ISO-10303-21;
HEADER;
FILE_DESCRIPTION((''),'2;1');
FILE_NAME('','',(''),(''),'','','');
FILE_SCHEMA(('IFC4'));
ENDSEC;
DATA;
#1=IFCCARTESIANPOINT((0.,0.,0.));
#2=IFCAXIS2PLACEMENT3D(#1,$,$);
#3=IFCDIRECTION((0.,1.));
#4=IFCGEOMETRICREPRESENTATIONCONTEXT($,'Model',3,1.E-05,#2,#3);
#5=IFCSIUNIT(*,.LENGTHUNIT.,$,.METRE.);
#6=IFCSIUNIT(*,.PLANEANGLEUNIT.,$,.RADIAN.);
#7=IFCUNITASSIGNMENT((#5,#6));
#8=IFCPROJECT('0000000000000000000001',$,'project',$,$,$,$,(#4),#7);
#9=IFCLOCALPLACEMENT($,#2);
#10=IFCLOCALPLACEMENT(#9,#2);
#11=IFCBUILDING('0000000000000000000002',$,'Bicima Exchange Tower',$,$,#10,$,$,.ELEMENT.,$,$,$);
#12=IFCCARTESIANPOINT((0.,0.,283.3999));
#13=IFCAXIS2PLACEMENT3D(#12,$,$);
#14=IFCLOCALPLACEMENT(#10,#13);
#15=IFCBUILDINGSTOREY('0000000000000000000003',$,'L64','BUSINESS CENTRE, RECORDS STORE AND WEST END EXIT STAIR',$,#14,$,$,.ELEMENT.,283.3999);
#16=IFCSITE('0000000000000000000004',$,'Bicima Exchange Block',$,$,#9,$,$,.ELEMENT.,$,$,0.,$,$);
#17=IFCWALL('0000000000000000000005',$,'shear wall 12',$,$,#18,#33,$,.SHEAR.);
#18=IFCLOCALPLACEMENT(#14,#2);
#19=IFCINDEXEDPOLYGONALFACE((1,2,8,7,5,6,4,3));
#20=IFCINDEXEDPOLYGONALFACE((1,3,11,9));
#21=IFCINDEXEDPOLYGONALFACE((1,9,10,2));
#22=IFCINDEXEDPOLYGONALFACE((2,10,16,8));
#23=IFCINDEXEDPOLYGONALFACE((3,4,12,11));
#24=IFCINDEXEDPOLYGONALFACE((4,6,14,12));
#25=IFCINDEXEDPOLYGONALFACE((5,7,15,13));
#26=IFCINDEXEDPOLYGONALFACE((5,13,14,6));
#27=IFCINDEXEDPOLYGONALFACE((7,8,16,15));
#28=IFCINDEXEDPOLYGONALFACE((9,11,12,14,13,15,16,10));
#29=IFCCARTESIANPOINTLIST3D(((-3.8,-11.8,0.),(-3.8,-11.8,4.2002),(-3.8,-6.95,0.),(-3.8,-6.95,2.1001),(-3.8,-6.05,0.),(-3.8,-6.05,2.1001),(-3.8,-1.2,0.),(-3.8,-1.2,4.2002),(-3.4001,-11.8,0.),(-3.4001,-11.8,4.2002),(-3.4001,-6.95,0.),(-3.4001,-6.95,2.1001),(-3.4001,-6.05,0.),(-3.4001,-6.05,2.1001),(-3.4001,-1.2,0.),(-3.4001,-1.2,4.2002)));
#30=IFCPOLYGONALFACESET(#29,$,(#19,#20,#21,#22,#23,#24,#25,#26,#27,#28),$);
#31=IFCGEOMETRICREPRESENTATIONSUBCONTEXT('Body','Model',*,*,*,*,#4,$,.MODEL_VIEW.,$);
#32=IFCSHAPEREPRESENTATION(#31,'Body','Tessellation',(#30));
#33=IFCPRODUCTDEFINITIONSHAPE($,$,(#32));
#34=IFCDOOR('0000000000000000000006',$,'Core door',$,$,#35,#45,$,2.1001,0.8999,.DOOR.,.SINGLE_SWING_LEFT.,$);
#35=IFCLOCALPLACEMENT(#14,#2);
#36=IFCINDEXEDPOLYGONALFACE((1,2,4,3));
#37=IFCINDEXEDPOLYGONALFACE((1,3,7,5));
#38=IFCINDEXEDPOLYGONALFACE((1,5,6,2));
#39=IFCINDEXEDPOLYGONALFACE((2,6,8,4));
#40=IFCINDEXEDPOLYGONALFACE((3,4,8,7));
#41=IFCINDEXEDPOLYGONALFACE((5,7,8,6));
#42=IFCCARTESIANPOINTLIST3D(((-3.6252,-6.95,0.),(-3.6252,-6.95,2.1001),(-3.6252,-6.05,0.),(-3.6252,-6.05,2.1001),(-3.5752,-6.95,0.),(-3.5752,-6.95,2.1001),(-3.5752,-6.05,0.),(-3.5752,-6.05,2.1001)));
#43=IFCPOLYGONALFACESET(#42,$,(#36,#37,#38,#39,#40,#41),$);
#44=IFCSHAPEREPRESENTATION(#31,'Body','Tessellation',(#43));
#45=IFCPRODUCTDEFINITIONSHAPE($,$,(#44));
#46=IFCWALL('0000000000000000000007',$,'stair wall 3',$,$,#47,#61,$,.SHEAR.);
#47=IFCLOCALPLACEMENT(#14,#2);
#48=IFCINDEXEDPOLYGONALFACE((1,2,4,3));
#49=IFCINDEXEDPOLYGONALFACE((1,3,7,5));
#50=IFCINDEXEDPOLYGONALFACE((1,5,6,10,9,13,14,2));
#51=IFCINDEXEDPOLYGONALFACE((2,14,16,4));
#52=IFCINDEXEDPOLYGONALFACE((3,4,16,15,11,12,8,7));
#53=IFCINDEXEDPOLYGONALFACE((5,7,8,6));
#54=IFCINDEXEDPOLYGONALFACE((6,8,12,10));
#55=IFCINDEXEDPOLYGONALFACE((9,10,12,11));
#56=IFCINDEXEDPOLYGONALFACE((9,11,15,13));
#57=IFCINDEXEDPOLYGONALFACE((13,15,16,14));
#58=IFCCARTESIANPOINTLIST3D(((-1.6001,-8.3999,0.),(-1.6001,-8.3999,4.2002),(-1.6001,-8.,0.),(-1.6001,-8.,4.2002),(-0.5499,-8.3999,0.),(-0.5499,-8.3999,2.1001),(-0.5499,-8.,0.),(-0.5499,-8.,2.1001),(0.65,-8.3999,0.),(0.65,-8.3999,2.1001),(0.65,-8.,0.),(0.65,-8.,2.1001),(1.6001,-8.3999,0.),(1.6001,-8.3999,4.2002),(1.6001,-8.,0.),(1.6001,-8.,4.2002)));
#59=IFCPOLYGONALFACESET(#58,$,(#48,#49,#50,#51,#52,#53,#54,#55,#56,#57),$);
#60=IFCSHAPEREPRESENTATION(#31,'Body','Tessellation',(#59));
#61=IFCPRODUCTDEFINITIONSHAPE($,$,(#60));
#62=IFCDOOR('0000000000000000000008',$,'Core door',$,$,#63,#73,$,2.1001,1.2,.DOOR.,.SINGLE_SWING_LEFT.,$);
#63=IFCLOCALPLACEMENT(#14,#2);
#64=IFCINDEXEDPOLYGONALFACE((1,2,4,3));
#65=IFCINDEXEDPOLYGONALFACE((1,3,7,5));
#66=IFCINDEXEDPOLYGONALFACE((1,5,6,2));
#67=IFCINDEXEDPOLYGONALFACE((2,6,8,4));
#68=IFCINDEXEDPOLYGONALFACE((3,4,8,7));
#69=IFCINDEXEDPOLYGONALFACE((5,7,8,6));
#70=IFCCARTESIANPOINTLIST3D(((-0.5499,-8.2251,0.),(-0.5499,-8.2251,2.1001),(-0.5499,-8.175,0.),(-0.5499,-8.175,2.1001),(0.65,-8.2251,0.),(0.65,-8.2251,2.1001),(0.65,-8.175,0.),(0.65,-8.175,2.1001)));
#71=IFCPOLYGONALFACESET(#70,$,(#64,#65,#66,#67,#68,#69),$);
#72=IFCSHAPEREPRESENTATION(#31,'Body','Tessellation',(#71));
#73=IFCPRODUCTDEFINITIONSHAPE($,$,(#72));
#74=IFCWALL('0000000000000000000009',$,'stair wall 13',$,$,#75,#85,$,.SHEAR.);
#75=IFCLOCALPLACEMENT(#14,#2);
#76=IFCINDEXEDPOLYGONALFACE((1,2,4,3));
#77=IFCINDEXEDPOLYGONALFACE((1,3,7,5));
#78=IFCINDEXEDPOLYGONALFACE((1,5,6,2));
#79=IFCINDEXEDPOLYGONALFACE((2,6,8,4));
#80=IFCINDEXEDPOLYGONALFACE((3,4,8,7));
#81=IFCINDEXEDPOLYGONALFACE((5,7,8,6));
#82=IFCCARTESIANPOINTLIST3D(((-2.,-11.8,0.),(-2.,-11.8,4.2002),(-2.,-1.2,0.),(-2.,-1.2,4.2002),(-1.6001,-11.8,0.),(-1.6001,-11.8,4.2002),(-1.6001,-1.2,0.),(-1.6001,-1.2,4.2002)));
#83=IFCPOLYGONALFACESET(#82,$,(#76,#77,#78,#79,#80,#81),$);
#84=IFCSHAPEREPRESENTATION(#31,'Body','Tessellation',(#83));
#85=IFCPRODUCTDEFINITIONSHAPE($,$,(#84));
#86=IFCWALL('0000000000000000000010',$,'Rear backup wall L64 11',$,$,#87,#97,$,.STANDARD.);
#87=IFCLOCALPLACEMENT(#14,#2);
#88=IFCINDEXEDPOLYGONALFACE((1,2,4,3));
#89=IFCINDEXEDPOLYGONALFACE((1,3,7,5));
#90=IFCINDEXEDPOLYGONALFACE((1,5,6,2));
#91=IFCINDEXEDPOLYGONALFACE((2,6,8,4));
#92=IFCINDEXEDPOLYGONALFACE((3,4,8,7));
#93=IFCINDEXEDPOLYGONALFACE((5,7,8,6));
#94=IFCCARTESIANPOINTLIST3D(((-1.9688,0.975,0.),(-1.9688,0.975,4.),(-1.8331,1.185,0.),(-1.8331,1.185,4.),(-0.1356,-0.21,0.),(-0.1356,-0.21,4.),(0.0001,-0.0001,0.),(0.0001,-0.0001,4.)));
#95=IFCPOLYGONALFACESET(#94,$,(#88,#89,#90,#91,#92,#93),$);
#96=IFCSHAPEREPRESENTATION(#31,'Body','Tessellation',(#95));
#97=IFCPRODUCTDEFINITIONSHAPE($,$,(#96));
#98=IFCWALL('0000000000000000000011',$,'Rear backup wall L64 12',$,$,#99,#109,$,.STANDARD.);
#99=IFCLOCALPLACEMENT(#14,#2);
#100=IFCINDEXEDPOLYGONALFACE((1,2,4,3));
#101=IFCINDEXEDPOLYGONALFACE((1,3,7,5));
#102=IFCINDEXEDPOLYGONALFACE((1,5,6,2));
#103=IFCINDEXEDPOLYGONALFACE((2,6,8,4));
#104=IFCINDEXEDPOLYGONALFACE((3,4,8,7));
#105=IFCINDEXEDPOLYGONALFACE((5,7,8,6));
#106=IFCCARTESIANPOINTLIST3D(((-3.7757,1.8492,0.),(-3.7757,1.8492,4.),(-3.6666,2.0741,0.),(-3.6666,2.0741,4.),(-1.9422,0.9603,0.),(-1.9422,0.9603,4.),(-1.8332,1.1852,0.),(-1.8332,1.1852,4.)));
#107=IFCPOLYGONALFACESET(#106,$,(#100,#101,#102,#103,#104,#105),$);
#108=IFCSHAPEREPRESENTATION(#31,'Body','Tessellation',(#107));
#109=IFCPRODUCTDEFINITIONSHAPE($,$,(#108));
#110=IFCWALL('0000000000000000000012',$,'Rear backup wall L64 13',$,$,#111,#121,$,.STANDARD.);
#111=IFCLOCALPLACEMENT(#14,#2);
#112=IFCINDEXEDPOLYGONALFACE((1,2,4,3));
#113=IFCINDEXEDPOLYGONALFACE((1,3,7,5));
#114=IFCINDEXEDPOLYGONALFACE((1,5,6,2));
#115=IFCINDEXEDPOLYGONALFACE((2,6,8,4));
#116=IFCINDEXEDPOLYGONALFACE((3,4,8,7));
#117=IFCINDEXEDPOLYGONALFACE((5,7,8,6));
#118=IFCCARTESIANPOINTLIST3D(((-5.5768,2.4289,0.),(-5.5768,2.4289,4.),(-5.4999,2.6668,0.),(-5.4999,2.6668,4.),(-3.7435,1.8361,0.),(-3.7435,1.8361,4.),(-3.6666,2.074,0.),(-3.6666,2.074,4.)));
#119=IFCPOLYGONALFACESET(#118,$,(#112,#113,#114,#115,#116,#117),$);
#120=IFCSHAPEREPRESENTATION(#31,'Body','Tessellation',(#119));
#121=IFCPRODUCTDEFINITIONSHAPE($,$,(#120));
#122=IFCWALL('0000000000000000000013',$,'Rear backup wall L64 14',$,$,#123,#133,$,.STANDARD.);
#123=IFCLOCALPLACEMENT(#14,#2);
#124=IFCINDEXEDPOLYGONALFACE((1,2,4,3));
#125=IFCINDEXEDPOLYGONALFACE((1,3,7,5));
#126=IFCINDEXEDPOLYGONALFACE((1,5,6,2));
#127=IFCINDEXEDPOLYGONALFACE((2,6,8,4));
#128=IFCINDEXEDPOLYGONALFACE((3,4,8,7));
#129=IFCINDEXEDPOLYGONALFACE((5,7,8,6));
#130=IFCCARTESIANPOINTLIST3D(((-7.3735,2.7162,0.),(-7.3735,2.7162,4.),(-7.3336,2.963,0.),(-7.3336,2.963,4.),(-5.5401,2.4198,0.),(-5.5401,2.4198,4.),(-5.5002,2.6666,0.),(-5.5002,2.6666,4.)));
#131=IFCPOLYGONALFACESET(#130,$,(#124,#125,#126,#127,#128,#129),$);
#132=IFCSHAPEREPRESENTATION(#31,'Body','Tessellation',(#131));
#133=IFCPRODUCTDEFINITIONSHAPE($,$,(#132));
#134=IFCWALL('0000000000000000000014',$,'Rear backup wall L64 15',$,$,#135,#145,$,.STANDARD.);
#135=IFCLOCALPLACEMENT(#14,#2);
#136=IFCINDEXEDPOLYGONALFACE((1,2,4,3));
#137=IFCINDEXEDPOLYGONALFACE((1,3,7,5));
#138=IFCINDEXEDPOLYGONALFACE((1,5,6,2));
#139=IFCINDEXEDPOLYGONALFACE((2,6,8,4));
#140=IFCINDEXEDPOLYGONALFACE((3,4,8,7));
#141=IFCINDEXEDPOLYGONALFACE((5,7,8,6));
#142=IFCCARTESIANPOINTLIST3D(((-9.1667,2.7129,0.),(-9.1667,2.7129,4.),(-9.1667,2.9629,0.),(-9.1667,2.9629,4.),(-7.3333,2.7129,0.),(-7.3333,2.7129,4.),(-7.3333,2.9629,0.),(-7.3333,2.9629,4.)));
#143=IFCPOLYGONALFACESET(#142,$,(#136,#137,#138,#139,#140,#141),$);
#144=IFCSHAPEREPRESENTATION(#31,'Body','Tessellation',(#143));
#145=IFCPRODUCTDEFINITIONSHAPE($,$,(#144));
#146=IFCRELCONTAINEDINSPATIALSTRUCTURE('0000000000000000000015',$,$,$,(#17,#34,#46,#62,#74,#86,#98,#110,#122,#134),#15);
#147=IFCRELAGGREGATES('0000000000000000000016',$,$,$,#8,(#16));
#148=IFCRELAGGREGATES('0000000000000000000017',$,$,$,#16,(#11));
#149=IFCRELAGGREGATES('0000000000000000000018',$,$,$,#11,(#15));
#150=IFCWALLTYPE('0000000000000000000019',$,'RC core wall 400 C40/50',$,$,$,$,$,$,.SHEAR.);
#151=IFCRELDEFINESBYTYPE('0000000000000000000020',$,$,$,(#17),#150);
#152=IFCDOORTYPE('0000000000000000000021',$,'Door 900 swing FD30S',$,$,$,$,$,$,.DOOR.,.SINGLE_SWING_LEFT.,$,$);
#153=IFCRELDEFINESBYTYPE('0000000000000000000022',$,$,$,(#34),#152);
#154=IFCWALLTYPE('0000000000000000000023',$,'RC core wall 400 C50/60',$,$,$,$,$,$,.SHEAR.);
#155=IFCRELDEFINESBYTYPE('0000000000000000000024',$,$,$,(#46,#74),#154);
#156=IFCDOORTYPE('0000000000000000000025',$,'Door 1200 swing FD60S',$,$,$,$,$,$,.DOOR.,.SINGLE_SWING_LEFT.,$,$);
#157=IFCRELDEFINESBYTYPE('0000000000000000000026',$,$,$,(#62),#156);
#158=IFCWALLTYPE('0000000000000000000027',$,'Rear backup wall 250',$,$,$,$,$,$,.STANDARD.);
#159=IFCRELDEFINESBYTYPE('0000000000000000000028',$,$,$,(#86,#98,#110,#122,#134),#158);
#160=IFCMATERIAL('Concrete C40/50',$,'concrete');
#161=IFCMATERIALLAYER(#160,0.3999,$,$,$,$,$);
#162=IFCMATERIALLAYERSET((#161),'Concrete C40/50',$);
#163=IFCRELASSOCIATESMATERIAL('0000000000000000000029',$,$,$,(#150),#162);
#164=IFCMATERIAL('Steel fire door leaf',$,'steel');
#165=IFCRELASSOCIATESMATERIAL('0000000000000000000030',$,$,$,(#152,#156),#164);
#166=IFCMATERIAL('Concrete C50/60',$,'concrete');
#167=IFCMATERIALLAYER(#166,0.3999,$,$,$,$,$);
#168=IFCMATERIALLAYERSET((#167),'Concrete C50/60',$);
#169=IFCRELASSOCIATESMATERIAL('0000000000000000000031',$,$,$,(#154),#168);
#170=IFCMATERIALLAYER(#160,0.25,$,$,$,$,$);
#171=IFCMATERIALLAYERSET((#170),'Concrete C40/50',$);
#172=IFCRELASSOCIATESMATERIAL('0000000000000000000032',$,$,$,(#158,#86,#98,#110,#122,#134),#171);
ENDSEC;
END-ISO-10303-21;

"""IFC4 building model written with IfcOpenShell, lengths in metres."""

from ifc_helpers import new_model, si_unit, direction, frame, frame_2d, origin, place, context, subcontext, project, spatial, rectangle, extrude, material, layer, layer_set, layer_usage, type_object, element, fill, save


model = new_model("IFC4")

# Units and contexts
model_context = context("Model", 3, precision=1e-05, world=origin(), true_north=direction((0.0, 1.0)))
body_context = subcontext(model_context, "Body", "Model", "MODEL_VIEW")
ifc_project = project(units=[si_unit("LENGTHUNIT", "METRE"), si_unit("PLANEANGLEUNIT", "RADIAN")], contexts=[model_context])

# Site, building, storey
site_placement = place(None, origin())
site = spatial("IfcSite", under=ifc_project, at=site_placement, Name="Bicima Exchange Block", CompositionType="ELEMENT", RefElevation=0.0)
building_placement = place(site_placement, origin())
building = spatial("IfcBuilding", under=site, at=building_placement, Name="Bicima Exchange Tower", CompositionType="ELEMENT")
storey_placement = place(building_placement, frame((0.0, 0.0, 283.3999)))
storey = spatial("IfcBuildingStorey", under=building, at=storey_placement, Name="L64", Description="BUSINESS CENTRE, RECORDS STORE AND WEST END EXIT STAIR", CompositionType="ELEMENT", Elevation=283.3999)

# Shared definitions
ifc_material_1 = material(Name="Concrete C40/50", Category="concrete")

# Shared definitions
ifc_material_2 = material(Name="Concrete C50/60", Category="concrete")

# Walls, openings, doors
ifc_layer_1 = layer(ifc_material_1, 0.3999)
ifc_layer_set_1 = layer_set([ifc_layer_1], Name="Concrete C40/50")
wall_type_1 = type_object("IfcWallType", Name="RC core wall 400 C40/50", PredefinedType="SHEAR", material=ifc_layer_set_1)
ifc_material_3 = material(Name="Steel fire door leaf", Category="steel")
door_type_1 = type_object("IfcDoorType", Name="Door 900 swing FD30S", OperationType="SINGLE_SWING_LEFT", PredefinedType="DOOR", material=ifc_material_3)
wall_1_placement = place(storey_placement, frame((-3.6001, -11.8, 0.0), z_axis=(0.0, 0.0, 1.0), x_axis=(0.0, 1.0, 0.0)))
wall_1 = element("IfcWall", 1, at=wall_1_placement, inside=storey, type_object=wall_type_1, Name="shear wall 12", PredefinedType="SHEAR", context=body_context, shape_type="SweptSolid", body=[
    extrude(rectangle(XDim=10.6001, YDim=0.3999, at=frame_2d((5.3, 0.0))), origin(), (0.0, 0.0, 1.0), 4.2002),
])
opening_1_placement = place(wall_1_placement, frame((4.8501, 0.0, 0.0)))
opening_1 = element("IfcOpeningElement", 2, at=opening_1_placement, cuts=wall_1, PredefinedType="OPENING", context=body_context, shape_type="SweptSolid", body=[
    extrude(rectangle(XDim=0.8999, YDim=2.1001, at=frame_2d((0.45, 1.05))), frame((0.0, 0.2119, 0.0), z_axis=(0.0, -1.0, 0.0), x_axis=(1.0, 0.0, 0.0)), (0.0, 0.0, 1.0), 0.4238),
])
door_1_placement = place(opening_1_placement, frame((0.8999, 0.0, 0.0), z_axis=(0.0, 0.0, 1.0), x_axis=(-1.0, 0.0, 0.0)))
door_1 = element("IfcDoor", 3, at=door_1_placement, inside=storey, type_object=door_type_1, Name="Core door", OperationType="SINGLE_SWING_LEFT", OverallHeight=2.1001, OverallWidth=0.8999, PredefinedType="DOOR", context=body_context, shape_type="SweptSolid", body=[
    extrude(rectangle(XDim=0.8999, YDim=2.1001, at=frame_2d((0.45, 1.05))), frame((0.0, 0.0249, 0.0), z_axis=(0.0, -1.0, 0.0), x_axis=(1.0, 0.0, 0.0)), (0.0, 0.0, 1.0), 0.05),
])
fill(opening_1, door_1)
ifc_layer_2 = layer(ifc_material_2, 0.3999)
ifc_layer_set_2 = layer_set([ifc_layer_2], Name="Concrete C50/60")
wall_type_2 = type_object("IfcWallType", Name="RC core wall 400 C50/60", PredefinedType="SHEAR", material=ifc_layer_set_2)
wall_2_placement = place(storey_placement, frame((-1.6001, -8.2, 0.0), z_axis=(0.0, 0.0, 1.0), x_axis=(1.0, 0.0, 0.0)))
wall_2 = element("IfcWall", 4, at=wall_2_placement, inside=storey, type_object=wall_type_2, Name="stair wall 3", PredefinedType="SHEAR", context=body_context, shape_type="SweptSolid", body=[
    extrude(rectangle(XDim=3.2002, YDim=0.3999, at=frame_2d((1.6001, 0.0))), origin(), (0.0, 0.0, 1.0), 4.2002),
])
opening_2_placement = place(wall_2_placement, frame((1.05, 0.0, 0.0)))
opening_2 = element("IfcOpeningElement", 5, at=opening_2_placement, cuts=wall_2, PredefinedType="OPENING", context=body_context, shape_type="SweptSolid", body=[
    extrude(rectangle(XDim=1.2, YDim=2.1001, at=frame_2d((0.6001, 1.05))), frame((0.0, 0.2119, 0.0), z_axis=(0.0, -1.0, 0.0), x_axis=(1.0, 0.0, 0.0)), (0.0, 0.0, 1.0), 0.4238),
])
door_type_2 = type_object("IfcDoorType", Name="Door 1200 swing FD60S", OperationType="SINGLE_SWING_LEFT", PredefinedType="DOOR", material=ifc_material_3)
door_2_placement = place(opening_2_placement, origin())
door_2 = element("IfcDoor", 6, at=door_2_placement, inside=storey, type_object=door_type_2, Name="Core door", OperationType="SINGLE_SWING_LEFT", OverallHeight=2.1001, OverallWidth=1.2, PredefinedType="DOOR", context=body_context, shape_type="SweptSolid", body=[
    extrude(rectangle(XDim=1.2, YDim=2.1001, at=frame_2d((0.6001, 1.05))), frame((0.0, 0.0249, 0.0), z_axis=(0.0, -1.0, 0.0), x_axis=(1.0, 0.0, 0.0)), (0.0, 0.0, 1.0), 0.05),
])
fill(opening_2, door_2)

# Walls
wall_3_placement = place(storey_placement, frame((-1.8, -11.8, 0.0), z_axis=(0.0, 0.0, 1.0), x_axis=(0.0, 1.0, 0.0)))
element("IfcWall", 7, at=wall_3_placement, inside=storey, type_object=wall_type_2, Name="stair wall 13", PredefinedType="SHEAR", context=body_context, shape_type="SweptSolid", body=[
    extrude(rectangle(XDim=10.6001, YDim=0.3999, at=frame_2d((5.3, 0.0))), origin(), (0.0, 0.0, 1.0), 4.2002),
])
ifc_layer_3 = layer(ifc_material_1, 0.25)
ifc_layer_set_3 = layer_set([ifc_layer_3], Name="Concrete C40/50")
ifc_layer_usage = layer_usage(ifc_layer_set_3, "AXIS2", "POSITIVE", -0.125)
wall_type_3 = type_object("IfcWallType", Name="Rear backup wall 250", PredefinedType="STANDARD", material=ifc_layer_set_3)
wall_4_placement = place(storey_placement, frame((-0.0679, -0.105, 0.0), z_axis=(0.0, 0.0, 1.0), x_axis=(-0.839813, 0.542876, 0.0)))
element("IfcWall", 8, at=wall_4_placement, inside=storey, type_object=wall_type_3, material=ifc_layer_usage, Name="Rear backup wall L64 11", PredefinedType="STANDARD", context=body_context, shape_type="SweptSolid", body=[
    extrude(rectangle(XDim=2.1829, YDim=0.25, at=frame_2d((1.0913, 0.0))), origin(), (0.0, 0.0, 1.0), 4.0),
])
wall_5_placement = place(storey_placement, frame((-1.8877, 1.0728, 0.0), z_axis=(0.0, 0.0, 1.0), x_axis=(-0.899824, 0.436253, 0.0)))
element("IfcWall", 9, at=wall_5_placement, inside=storey, type_object=wall_type_3, material=ifc_layer_usage, Name="Rear backup wall L64 12", PredefinedType="STANDARD", context=body_context, shape_type="SweptSolid", body=[
    extrude(rectangle(XDim=2.0376, YDim=0.25, at=frame_2d((1.0188, 0.0))), origin(), (0.0, 0.0, 1.0), 4.0),
])
wall_6_placement = place(storey_placement, frame((-3.7051, 1.9551, 0.0), z_axis=(0.0, 0.0, 1.0), x_axis=(-0.951496, 0.307662, 0.0)))
element("IfcWall", 10, at=wall_6_placement, inside=storey, type_object=wall_type_3, material=ifc_layer_usage, Name="Rear backup wall L64 13", PredefinedType="STANDARD", context=body_context, shape_type="SweptSolid", body=[
    extrude(rectangle(XDim=1.9268, YDim=0.25, at=frame_2d((0.9634, 0.0))), origin(), (0.0, 0.0, 1.0), 4.0),
])
wall_7_placement = place(storey_placement, frame((-5.52, 2.5432, 0.0), z_axis=(0.0, 0.0, 1.0), x_axis=(-0.987182, 0.1596, 0.0)))
element("IfcWall", 11, at=wall_7_placement, inside=storey, type_object=wall_type_3, material=ifc_layer_usage, Name="Rear backup wall L64 14", PredefinedType="STANDARD", context=body_context, shape_type="SweptSolid", body=[
    extrude(rectangle(XDim=1.8572, YDim=0.25, at=frame_2d((0.9287, 0.0))), origin(), (0.0, 0.0, 1.0), 4.0),
])
wall_8_placement = place(storey_placement, frame((-7.3333, 2.8379, 0.0), z_axis=(0.0, 0.0, 1.0), x_axis=(-1.0, 0.0, 0.0)))
element("IfcWall", 12, at=wall_8_placement, inside=storey, type_object=wall_type_3, material=ifc_layer_usage, Name="Rear backup wall L64 15", PredefinedType="STANDARD", context=body_context, shape_type="SweptSolid", body=[
    extrude(rectangle(XDim=1.8335, YDim=0.25, at=frame_2d((0.9167, 0.0))), origin(), (0.0, 0.0, 1.0), 4.0),
])

save(model, "model.ifc")
